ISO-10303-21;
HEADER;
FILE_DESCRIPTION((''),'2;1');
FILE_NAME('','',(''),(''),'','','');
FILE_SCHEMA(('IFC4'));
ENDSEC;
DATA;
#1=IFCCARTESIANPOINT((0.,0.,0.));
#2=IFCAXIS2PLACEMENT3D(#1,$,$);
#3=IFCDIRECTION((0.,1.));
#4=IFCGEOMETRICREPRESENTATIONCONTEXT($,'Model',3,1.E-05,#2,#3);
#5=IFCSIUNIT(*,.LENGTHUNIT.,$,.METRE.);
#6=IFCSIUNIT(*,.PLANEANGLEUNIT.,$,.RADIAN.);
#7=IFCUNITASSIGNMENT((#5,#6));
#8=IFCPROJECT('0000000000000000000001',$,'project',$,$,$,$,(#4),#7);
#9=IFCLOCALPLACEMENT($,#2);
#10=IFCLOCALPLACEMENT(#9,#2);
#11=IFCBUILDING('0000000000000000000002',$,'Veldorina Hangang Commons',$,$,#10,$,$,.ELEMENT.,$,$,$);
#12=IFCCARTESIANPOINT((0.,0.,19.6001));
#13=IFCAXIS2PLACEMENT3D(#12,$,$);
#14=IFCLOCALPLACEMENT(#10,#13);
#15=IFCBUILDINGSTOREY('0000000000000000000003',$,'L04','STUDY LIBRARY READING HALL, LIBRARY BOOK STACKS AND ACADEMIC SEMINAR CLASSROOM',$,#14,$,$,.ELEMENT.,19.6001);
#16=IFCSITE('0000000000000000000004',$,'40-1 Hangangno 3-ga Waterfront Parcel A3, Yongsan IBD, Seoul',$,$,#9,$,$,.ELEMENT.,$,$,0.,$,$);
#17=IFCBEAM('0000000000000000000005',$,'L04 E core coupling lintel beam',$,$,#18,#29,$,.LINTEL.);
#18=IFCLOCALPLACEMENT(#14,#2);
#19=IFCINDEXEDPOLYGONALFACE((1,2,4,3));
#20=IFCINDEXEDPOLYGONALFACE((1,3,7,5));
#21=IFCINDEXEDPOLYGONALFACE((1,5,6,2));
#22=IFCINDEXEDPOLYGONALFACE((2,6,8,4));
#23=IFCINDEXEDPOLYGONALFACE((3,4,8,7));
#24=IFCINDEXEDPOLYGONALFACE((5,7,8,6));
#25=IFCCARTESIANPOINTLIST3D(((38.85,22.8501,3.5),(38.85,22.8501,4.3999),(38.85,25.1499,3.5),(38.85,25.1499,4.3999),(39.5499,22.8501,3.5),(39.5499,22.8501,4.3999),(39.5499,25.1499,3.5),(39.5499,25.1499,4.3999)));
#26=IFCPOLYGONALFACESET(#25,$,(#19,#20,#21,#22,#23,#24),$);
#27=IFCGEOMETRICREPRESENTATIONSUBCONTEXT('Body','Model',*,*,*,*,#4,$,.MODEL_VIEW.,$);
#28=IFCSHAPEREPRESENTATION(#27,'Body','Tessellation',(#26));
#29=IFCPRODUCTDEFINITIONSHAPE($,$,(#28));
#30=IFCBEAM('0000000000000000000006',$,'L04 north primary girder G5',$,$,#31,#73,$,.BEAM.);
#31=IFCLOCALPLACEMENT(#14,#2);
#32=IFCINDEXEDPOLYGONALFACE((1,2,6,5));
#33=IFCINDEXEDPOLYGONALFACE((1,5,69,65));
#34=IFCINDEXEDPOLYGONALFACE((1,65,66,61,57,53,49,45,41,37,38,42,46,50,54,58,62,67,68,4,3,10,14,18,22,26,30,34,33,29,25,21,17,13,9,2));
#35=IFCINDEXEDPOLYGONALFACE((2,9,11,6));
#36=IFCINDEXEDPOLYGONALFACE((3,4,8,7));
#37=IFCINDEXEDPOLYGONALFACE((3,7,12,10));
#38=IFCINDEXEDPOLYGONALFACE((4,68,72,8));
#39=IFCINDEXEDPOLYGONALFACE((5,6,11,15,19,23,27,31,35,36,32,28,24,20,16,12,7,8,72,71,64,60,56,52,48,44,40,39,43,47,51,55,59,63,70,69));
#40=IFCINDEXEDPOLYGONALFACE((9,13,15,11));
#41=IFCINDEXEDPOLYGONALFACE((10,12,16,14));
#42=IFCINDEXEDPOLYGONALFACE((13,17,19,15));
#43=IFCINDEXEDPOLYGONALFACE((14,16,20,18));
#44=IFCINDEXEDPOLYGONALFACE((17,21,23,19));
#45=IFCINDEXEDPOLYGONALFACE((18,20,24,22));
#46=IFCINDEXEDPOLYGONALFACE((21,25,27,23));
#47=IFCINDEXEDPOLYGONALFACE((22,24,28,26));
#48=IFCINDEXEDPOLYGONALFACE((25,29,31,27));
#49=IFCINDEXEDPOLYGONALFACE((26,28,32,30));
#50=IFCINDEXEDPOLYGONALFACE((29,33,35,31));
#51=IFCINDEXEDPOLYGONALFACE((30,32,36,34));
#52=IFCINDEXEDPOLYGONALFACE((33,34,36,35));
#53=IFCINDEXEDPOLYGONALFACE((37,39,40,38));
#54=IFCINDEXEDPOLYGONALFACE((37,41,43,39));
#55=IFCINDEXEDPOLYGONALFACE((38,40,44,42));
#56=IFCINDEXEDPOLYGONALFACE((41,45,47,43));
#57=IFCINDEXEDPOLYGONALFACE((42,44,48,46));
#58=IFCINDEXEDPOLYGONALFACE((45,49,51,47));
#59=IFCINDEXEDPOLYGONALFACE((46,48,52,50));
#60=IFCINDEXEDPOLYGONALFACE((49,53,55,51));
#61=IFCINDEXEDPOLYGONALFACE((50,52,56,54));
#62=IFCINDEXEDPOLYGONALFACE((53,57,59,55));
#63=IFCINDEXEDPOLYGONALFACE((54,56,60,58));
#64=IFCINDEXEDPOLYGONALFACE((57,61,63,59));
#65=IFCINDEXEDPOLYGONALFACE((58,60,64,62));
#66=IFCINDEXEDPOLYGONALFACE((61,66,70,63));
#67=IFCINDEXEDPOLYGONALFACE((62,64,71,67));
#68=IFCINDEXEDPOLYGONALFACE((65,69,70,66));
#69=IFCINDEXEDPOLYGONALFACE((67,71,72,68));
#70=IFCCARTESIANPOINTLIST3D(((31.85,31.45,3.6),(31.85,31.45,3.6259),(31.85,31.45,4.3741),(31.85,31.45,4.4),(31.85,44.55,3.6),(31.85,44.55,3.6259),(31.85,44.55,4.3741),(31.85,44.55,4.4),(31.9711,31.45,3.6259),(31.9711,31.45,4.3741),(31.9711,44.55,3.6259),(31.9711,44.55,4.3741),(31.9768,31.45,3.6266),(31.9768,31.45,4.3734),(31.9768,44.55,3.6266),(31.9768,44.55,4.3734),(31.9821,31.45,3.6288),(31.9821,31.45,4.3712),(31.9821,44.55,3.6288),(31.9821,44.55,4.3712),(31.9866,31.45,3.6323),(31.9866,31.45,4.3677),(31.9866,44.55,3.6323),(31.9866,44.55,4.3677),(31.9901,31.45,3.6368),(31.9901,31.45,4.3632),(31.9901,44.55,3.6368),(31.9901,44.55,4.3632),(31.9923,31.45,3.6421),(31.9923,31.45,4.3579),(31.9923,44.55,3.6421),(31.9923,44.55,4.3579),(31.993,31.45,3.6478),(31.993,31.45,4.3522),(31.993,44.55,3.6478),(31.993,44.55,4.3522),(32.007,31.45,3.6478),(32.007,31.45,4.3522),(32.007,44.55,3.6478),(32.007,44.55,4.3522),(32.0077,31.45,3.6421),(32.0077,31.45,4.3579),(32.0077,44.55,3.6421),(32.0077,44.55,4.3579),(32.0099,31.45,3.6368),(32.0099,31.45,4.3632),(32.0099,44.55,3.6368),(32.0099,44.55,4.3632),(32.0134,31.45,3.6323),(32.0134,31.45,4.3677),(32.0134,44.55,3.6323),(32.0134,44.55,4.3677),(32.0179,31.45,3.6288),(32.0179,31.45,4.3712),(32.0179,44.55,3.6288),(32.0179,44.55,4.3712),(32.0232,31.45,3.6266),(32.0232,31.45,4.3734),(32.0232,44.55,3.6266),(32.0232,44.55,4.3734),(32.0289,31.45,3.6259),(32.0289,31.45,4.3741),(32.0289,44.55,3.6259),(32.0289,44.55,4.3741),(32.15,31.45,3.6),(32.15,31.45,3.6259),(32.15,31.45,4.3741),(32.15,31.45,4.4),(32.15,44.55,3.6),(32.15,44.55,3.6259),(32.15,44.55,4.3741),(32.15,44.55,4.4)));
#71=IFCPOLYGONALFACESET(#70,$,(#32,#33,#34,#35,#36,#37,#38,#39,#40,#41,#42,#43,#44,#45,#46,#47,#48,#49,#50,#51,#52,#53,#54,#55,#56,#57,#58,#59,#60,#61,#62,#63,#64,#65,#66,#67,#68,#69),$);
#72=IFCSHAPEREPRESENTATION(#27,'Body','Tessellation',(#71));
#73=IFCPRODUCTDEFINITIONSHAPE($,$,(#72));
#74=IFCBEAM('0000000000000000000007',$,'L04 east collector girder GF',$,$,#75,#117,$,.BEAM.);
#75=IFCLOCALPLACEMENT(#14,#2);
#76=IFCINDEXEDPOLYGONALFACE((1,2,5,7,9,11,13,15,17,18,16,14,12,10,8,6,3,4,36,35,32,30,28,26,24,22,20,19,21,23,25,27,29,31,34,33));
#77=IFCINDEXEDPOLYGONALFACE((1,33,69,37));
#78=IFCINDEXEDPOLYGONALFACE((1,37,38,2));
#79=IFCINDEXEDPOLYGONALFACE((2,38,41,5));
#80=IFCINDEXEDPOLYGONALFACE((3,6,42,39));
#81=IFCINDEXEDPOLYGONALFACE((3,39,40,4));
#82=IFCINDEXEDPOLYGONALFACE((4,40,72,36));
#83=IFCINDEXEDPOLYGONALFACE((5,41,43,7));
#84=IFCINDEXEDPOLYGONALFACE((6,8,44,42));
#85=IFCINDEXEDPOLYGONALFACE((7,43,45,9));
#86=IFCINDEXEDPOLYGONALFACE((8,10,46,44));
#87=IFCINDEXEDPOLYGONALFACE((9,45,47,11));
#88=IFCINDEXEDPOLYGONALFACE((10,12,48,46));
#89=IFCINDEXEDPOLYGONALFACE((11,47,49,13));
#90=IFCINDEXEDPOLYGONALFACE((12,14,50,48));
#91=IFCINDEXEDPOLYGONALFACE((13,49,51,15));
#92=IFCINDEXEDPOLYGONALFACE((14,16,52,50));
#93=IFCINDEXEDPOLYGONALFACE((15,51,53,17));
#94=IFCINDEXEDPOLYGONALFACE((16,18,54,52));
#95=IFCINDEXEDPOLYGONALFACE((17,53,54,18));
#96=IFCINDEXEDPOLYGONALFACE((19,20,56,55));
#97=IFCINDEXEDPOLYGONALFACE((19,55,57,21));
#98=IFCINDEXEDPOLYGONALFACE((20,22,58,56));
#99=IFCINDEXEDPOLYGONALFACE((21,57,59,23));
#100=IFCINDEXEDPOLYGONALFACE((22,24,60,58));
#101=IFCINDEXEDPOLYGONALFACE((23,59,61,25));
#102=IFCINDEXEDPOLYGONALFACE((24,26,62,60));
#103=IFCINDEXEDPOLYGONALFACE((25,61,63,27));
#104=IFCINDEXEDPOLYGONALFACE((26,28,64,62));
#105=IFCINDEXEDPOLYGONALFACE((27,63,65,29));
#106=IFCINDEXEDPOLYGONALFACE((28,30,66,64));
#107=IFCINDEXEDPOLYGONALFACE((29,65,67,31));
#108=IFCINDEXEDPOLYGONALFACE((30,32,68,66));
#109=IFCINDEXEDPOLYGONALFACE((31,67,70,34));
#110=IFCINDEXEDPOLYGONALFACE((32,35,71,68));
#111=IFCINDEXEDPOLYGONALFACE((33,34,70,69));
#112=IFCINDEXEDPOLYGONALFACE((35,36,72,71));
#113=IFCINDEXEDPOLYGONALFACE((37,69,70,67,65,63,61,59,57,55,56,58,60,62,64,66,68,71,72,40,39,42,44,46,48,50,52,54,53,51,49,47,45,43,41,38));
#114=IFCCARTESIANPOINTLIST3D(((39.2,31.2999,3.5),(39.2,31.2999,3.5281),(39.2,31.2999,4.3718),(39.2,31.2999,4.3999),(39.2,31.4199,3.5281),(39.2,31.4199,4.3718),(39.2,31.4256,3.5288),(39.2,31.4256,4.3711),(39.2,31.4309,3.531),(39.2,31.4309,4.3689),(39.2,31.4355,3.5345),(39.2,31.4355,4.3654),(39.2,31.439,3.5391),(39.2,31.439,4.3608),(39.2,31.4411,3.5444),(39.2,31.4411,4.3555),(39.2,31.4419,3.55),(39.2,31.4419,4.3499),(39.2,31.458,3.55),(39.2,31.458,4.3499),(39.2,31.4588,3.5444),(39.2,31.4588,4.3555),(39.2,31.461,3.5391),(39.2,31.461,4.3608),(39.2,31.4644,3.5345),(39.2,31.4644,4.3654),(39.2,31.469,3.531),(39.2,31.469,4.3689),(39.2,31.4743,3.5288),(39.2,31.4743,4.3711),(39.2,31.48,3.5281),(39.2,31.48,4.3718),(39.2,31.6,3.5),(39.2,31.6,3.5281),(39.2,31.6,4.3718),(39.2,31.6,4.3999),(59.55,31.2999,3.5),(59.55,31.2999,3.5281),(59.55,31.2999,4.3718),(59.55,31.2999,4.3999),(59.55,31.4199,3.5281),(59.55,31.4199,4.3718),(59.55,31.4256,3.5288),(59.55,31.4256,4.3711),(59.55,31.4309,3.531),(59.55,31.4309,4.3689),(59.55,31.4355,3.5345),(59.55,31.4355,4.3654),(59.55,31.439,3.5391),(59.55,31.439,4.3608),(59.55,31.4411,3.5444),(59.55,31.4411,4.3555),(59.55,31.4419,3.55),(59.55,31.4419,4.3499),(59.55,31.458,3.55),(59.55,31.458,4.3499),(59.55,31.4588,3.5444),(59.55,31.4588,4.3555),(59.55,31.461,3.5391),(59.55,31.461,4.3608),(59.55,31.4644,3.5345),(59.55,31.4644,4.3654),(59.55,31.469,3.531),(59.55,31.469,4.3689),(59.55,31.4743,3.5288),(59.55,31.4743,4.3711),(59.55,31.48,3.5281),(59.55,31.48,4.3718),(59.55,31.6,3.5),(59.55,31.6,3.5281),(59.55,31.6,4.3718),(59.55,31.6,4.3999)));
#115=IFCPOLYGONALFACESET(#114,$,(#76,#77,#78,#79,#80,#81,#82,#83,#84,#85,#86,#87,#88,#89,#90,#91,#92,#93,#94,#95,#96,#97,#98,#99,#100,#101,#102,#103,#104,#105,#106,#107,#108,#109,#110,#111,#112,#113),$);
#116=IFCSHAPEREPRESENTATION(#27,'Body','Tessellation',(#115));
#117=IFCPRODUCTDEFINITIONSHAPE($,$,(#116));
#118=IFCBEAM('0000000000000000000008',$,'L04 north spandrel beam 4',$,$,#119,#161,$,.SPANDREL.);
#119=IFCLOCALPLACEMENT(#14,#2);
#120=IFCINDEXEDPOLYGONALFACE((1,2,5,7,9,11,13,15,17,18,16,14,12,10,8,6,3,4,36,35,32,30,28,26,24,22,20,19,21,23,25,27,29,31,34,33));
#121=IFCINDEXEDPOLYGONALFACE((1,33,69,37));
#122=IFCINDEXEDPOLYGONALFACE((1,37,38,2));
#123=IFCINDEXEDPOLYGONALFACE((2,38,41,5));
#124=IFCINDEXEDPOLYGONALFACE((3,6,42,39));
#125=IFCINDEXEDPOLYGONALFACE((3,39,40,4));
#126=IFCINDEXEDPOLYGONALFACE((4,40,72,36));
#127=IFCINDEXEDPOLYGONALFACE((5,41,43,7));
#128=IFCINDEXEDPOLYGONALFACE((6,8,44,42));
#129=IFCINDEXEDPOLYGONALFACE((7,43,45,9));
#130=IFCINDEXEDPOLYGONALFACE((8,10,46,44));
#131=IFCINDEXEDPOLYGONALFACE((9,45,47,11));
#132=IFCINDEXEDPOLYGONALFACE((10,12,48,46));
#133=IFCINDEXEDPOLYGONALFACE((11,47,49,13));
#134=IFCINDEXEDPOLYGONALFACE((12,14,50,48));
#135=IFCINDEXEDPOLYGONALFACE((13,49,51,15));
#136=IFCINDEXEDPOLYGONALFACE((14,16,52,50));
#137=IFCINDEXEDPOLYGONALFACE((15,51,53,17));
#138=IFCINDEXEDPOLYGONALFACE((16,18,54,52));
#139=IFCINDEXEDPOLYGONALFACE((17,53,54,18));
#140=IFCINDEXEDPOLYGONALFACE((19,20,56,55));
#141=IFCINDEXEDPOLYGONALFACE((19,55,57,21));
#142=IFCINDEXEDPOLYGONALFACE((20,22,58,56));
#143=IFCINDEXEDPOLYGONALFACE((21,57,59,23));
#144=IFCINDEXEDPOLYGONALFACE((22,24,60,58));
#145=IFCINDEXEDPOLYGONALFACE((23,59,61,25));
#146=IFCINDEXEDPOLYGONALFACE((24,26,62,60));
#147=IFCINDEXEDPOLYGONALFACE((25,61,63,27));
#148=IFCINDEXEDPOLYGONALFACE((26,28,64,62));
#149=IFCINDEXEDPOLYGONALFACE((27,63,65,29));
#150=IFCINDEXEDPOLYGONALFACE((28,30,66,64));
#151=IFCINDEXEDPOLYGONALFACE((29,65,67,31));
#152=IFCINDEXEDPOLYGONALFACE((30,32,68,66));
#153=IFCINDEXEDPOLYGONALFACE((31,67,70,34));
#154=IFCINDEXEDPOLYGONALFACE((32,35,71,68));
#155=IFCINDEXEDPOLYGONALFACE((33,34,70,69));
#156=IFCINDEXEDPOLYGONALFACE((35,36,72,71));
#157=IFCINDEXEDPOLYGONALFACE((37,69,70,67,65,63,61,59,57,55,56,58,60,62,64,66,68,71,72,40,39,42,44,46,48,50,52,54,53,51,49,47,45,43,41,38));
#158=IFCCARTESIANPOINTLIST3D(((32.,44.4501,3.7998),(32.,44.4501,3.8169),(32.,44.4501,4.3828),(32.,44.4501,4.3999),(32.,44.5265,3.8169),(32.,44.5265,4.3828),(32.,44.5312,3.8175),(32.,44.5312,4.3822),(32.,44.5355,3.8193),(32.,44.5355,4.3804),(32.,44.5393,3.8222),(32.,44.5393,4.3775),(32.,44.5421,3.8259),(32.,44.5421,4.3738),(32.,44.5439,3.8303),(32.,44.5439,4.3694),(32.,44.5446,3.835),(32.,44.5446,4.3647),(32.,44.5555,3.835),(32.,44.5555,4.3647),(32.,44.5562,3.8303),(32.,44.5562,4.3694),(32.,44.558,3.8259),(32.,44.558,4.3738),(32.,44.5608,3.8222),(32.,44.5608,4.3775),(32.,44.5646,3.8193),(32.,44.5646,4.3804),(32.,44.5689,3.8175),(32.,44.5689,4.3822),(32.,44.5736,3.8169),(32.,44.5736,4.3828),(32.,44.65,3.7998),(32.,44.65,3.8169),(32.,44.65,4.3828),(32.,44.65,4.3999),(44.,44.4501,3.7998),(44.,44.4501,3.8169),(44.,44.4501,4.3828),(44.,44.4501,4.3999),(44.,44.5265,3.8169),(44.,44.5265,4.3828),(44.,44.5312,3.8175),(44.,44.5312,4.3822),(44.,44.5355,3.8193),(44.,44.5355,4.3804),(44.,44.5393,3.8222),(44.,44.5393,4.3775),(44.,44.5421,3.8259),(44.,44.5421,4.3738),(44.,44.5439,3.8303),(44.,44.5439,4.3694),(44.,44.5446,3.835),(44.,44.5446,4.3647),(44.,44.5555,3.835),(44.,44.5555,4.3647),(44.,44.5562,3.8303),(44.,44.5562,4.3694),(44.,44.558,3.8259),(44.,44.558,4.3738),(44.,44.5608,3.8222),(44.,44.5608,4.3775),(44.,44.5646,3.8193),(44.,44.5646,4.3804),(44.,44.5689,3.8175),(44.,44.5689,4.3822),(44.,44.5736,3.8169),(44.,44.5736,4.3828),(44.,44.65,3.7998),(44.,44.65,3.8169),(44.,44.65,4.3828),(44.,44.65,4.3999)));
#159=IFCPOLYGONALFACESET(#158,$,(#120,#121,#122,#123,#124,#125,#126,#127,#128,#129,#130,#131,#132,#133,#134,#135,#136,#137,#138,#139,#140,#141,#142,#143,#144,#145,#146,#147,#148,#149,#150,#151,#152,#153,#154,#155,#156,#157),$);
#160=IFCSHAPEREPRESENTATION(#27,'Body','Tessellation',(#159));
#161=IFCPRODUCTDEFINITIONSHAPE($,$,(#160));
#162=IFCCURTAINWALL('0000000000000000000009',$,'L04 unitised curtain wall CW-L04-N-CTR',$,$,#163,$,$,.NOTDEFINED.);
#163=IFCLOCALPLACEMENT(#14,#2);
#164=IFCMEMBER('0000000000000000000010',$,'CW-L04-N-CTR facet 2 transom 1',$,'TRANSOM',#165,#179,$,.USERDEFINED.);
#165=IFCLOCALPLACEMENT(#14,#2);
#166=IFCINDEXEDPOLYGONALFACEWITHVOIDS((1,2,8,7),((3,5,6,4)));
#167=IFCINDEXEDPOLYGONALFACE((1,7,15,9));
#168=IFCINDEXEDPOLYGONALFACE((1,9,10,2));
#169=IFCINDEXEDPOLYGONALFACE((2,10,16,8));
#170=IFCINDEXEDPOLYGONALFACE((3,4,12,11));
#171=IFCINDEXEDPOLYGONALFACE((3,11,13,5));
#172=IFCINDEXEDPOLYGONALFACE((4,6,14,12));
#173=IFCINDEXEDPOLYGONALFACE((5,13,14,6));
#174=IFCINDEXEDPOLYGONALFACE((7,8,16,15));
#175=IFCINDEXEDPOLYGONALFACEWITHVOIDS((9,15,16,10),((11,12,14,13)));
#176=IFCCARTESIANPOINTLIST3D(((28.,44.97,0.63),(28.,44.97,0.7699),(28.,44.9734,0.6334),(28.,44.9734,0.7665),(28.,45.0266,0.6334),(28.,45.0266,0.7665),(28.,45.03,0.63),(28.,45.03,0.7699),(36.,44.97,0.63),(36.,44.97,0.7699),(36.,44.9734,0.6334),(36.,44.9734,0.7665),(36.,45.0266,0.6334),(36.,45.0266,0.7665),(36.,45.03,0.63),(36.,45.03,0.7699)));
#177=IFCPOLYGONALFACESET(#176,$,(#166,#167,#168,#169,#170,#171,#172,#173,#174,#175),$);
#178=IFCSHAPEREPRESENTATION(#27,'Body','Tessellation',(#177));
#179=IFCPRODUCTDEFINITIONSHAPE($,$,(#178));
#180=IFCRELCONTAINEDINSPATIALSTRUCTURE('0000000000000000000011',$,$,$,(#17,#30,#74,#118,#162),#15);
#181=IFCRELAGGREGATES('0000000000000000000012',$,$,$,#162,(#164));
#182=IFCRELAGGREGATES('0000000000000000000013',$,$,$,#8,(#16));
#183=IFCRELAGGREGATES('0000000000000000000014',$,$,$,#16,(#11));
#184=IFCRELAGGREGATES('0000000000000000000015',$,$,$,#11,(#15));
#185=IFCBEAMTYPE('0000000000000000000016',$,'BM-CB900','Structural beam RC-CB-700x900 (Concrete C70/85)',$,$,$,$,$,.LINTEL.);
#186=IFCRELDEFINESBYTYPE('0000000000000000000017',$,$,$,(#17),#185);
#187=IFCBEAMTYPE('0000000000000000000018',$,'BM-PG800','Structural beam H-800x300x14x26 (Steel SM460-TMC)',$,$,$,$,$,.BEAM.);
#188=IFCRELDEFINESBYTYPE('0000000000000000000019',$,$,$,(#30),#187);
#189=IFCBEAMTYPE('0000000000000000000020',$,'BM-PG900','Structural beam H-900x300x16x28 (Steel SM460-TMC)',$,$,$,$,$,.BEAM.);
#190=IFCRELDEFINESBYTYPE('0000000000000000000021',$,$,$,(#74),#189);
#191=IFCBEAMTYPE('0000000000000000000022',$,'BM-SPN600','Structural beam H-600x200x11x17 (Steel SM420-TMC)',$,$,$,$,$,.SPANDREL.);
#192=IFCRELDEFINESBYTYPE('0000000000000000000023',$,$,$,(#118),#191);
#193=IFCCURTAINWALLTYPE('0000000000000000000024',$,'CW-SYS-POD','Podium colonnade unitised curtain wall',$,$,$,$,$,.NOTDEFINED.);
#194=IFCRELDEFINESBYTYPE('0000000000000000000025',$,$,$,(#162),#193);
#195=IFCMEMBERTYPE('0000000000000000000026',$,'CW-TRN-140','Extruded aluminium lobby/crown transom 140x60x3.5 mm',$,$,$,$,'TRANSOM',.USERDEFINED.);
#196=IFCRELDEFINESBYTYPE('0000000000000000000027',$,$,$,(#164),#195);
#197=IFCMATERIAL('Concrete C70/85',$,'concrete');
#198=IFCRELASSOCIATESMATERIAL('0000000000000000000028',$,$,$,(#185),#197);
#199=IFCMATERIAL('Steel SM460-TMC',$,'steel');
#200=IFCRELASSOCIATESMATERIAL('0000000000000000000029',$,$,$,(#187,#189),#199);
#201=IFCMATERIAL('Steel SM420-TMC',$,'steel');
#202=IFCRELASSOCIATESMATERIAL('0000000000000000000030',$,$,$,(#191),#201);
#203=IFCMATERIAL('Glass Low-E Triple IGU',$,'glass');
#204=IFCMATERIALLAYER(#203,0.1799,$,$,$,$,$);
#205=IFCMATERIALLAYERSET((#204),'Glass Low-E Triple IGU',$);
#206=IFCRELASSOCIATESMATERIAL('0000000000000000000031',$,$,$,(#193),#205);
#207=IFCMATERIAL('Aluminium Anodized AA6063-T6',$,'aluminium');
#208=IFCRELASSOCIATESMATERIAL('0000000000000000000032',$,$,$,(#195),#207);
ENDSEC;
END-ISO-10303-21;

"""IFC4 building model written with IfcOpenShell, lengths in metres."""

from ifc_helpers import new_model, si_unit, direction, frame, origin, origin_2d, place, context, subcontext, project, spatial, rectangle, hollow_rectangle, i_section, extrude, material, layer, layer_set, material_profile, profile_set, type_object, element, aggregate, save


model = new_model("IFC4")

# Units and contexts
model_context = context("Model", 3, precision=1e-05, world=origin(), true_north=direction((0.0, 1.0)))
body_context = subcontext(model_context, "Body", "Model", "MODEL_VIEW")
ifc_project = project(units=[si_unit("LENGTHUNIT", "METRE"), si_unit("PLANEANGLEUNIT", "RADIAN")], contexts=[model_context])

# Site, building, storey
site_placement = place(None, origin())
site = spatial("IfcSite", under=ifc_project, at=site_placement, Name="40-1 Hangangno 3-ga Waterfront Parcel A3, Yongsan IBD, Seoul", CompositionType="ELEMENT", RefElevation=0.0)
building_placement = place(site_placement, origin())
building = spatial("IfcBuilding", under=site, at=building_placement, Name="Veldorina Hangang Commons", CompositionType="ELEMENT")
storey_placement = place(building_placement, frame((0.0, 0.0, 19.6001)))
storey = spatial("IfcBuildingStorey", under=building, at=storey_placement, Name="L04", Description="STUDY LIBRARY READING HALL, LIBRARY BOOK STACKS AND ACADEMIC SEMINAR CLASSROOM", CompositionType="ELEMENT", Elevation=19.6001)

# Beams
ifc_material_1 = material(Name="Concrete C70/85", Category="concrete")
ifc_material_profile_1 = material_profile(ifc_material_1, rectangle(XDim=0.7, YDim=0.8999, at=origin_2d()), Name="RC-CB-700x900")
ifc_profile_set_1 = profile_set([ifc_material_profile_1], Name="Concrete C70/85")
beam_type_1 = type_object("IfcBeamType", Name="BM-CB900", Description="Structural beam RC-CB-700x900 (Concrete C70/85)", PredefinedType="LINTEL", material=ifc_profile_set_1)
beam_1_placement = place(storey_placement, frame((39.2, 22.8501, 3.95), z_axis=(0.0, 1.0, 0.0), x_axis=(-1.0, 0.0, 0.0)))
element("IfcBeam", 1, at=beam_1_placement, inside=storey, type_object=beam_type_1, Name="L04 E core coupling lintel beam", PredefinedType="LINTEL", context=body_context, shape_type="SweptSolid", body=[
    extrude(rectangle(XDim=0.7, YDim=0.8999, at=origin_2d()), origin(), (0.0, 0.0, 1.0), 2.2998),
])
ifc_material_2 = material(Name="Steel SM460-TMC", Category="steel")
ifc_material_profile_2 = material_profile(ifc_material_2, i_section(OverallWidth=0.3, OverallDepth=0.8, WebThickness=0.0139, FlangeThickness=0.0259, FilletRadius=0.022, at=origin_2d()), Name="H-800x300x14x26")
ifc_profile_set_2 = profile_set([ifc_material_profile_2], Name="Steel SM460-TMC")
beam_type_2 = type_object("IfcBeamType", Name="BM-PG800", Description="Structural beam H-800x300x14x26 (Steel SM460-TMC)", PredefinedType="BEAM", material=ifc_profile_set_2)
beam_2_placement = place(storey_placement, frame((32.0, 31.45, 4.0), z_axis=(0.0, 1.0, 0.0), x_axis=(-1.0, 0.0, 0.0)))
element("IfcBeam", 2, at=beam_2_placement, inside=storey, type_object=beam_type_2, Name="L04 north primary girder G5", PredefinedType="BEAM", context=body_context, shape_type="SweptSolid", body=[
    extrude(i_section(OverallWidth=0.3, OverallDepth=0.8, WebThickness=0.0139, FlangeThickness=0.0259, FilletRadius=0.022, at=origin_2d()), origin(), (0.0, 0.0, 1.0), 13.1001),
])
ifc_material_profile_3 = material_profile(ifc_material_2, i_section(OverallWidth=0.3, OverallDepth=0.8999, WebThickness=0.0161, FlangeThickness=0.0281, FilletRadius=0.022, at=origin_2d()), Name="H-900x300x16x28")
ifc_profile_set_3 = profile_set([ifc_material_profile_3], Name="Steel SM460-TMC")
beam_type_3 = type_object("IfcBeamType", Name="BM-PG900", Description="Structural beam H-900x300x16x28 (Steel SM460-TMC)", PredefinedType="BEAM", material=ifc_profile_set_3)
beam_3_placement = place(storey_placement, frame((39.2, 31.45, 3.95), z_axis=(1.0, 0.0, 0.0), x_axis=(0.0, 1.0, 0.0)))
element("IfcBeam", 3, at=beam_3_placement, inside=storey, type_object=beam_type_3, Name="L04 east collector girder GF", PredefinedType="BEAM", context=body_context, shape_type="SweptSolid", body=[
    extrude(i_section(OverallWidth=0.3, OverallDepth=0.8999, WebThickness=0.0161, FlangeThickness=0.0281, FilletRadius=0.022, at=origin_2d()), origin(), (0.0, 0.0, 1.0), 20.3501),
])
ifc_material_3 = material(Name="Steel SM420-TMC", Category="steel")
ifc_material_profile_4 = material_profile(ifc_material_3, i_section(OverallWidth=0.2, OverallDepth=0.6001, WebThickness=0.011, FlangeThickness=0.0171, FilletRadius=0.0181, at=origin_2d()), Name="H-600x200x11x17")
ifc_profile_set_4 = profile_set([ifc_material_profile_4], Name="Steel SM420-TMC")
beam_type_4 = type_object("IfcBeamType", Name="BM-SPN600", Description="Structural beam H-600x200x11x17 (Steel SM420-TMC)", PredefinedType="SPANDREL", material=ifc_profile_set_4)
beam_4_placement = place(storey_placement, frame((32.0, 44.55, 4.0999), z_axis=(1.0, 0.0, 0.0), x_axis=(0.0, 1.0, 0.0)))
element("IfcBeam", 4, at=beam_4_placement, inside=storey, type_object=beam_type_4, Name="L04 north spandrel beam 4", PredefinedType="SPANDREL", context=body_context, shape_type="SweptSolid", body=[
    extrude(i_section(OverallWidth=0.2, OverallDepth=0.6001, WebThickness=0.011, FlangeThickness=0.0171, FilletRadius=0.0181, at=origin_2d()), origin(), (0.0, 0.0, 1.0), 12.0),
])

# Curtain wall, member
ifc_material_4 = material(Name="Glass Low-E Triple IGU", Category="glass")
ifc_layer_1 = layer(ifc_material_4, 0.1799)
ifc_layer_set_1 = layer_set([ifc_layer_1], Name="Glass Low-E Triple IGU")
curtain_wall_type = type_object("IfcCurtainWallType", Name="CW-SYS-POD", Description="Podium colonnade unitised curtain wall", PredefinedType="NOTDEFINED", material=ifc_layer_set_1)
curtain_wall_placement = place(storey_placement, origin())
curtain_wall = element("IfcCurtainWall", 5, at=curtain_wall_placement, inside=storey, type_object=curtain_wall_type, Name="L04 unitised curtain wall CW-L04-N-CTR", PredefinedType="NOTDEFINED")
ifc_material_5 = material(Name="Aluminium Anodized AA6063-T6", Category="aluminium")
ifc_material_profile_5 = material_profile(ifc_material_5, hollow_rectangle(XDim=0.0601, YDim=0.1399, WallThickness=0.0034, at=origin_2d()), Name="ALU-RHS-140x60x3.5")
ifc_profile_set_5 = profile_set([ifc_material_profile_5], Name="Aluminium Anodized AA6063-T6")
member_type_1 = type_object("IfcMemberType", Name="CW-TRN-140", Description="Extruded aluminium lobby/crown transom 140x60x3.5 mm", ElementType="TRANSOM", PredefinedType="USERDEFINED", material=ifc_profile_set_5)
member_1_placement = place(storey_placement, frame((36.0, 45.0, 0.7), z_axis=(-1.0, 0.0, 0.0), x_axis=(0.0, -1.0, 0.0)))
member_1 = element("IfcMember", 6, at=member_1_placement, type_object=member_type_1, Name="CW-L04-N-CTR facet 2 transom 1", ObjectType="TRANSOM", PredefinedType="USERDEFINED", context=body_context, shape_type="SweptSolid", body=[
    extrude(hollow_rectangle(XDim=0.0601, YDim=0.1399, WallThickness=0.0034, at=origin_2d()), origin(), (0.0, 0.0, 1.0), 8.0),
])

aggregate(curtain_wall, [member_1])

save(model, "model.ifc")
